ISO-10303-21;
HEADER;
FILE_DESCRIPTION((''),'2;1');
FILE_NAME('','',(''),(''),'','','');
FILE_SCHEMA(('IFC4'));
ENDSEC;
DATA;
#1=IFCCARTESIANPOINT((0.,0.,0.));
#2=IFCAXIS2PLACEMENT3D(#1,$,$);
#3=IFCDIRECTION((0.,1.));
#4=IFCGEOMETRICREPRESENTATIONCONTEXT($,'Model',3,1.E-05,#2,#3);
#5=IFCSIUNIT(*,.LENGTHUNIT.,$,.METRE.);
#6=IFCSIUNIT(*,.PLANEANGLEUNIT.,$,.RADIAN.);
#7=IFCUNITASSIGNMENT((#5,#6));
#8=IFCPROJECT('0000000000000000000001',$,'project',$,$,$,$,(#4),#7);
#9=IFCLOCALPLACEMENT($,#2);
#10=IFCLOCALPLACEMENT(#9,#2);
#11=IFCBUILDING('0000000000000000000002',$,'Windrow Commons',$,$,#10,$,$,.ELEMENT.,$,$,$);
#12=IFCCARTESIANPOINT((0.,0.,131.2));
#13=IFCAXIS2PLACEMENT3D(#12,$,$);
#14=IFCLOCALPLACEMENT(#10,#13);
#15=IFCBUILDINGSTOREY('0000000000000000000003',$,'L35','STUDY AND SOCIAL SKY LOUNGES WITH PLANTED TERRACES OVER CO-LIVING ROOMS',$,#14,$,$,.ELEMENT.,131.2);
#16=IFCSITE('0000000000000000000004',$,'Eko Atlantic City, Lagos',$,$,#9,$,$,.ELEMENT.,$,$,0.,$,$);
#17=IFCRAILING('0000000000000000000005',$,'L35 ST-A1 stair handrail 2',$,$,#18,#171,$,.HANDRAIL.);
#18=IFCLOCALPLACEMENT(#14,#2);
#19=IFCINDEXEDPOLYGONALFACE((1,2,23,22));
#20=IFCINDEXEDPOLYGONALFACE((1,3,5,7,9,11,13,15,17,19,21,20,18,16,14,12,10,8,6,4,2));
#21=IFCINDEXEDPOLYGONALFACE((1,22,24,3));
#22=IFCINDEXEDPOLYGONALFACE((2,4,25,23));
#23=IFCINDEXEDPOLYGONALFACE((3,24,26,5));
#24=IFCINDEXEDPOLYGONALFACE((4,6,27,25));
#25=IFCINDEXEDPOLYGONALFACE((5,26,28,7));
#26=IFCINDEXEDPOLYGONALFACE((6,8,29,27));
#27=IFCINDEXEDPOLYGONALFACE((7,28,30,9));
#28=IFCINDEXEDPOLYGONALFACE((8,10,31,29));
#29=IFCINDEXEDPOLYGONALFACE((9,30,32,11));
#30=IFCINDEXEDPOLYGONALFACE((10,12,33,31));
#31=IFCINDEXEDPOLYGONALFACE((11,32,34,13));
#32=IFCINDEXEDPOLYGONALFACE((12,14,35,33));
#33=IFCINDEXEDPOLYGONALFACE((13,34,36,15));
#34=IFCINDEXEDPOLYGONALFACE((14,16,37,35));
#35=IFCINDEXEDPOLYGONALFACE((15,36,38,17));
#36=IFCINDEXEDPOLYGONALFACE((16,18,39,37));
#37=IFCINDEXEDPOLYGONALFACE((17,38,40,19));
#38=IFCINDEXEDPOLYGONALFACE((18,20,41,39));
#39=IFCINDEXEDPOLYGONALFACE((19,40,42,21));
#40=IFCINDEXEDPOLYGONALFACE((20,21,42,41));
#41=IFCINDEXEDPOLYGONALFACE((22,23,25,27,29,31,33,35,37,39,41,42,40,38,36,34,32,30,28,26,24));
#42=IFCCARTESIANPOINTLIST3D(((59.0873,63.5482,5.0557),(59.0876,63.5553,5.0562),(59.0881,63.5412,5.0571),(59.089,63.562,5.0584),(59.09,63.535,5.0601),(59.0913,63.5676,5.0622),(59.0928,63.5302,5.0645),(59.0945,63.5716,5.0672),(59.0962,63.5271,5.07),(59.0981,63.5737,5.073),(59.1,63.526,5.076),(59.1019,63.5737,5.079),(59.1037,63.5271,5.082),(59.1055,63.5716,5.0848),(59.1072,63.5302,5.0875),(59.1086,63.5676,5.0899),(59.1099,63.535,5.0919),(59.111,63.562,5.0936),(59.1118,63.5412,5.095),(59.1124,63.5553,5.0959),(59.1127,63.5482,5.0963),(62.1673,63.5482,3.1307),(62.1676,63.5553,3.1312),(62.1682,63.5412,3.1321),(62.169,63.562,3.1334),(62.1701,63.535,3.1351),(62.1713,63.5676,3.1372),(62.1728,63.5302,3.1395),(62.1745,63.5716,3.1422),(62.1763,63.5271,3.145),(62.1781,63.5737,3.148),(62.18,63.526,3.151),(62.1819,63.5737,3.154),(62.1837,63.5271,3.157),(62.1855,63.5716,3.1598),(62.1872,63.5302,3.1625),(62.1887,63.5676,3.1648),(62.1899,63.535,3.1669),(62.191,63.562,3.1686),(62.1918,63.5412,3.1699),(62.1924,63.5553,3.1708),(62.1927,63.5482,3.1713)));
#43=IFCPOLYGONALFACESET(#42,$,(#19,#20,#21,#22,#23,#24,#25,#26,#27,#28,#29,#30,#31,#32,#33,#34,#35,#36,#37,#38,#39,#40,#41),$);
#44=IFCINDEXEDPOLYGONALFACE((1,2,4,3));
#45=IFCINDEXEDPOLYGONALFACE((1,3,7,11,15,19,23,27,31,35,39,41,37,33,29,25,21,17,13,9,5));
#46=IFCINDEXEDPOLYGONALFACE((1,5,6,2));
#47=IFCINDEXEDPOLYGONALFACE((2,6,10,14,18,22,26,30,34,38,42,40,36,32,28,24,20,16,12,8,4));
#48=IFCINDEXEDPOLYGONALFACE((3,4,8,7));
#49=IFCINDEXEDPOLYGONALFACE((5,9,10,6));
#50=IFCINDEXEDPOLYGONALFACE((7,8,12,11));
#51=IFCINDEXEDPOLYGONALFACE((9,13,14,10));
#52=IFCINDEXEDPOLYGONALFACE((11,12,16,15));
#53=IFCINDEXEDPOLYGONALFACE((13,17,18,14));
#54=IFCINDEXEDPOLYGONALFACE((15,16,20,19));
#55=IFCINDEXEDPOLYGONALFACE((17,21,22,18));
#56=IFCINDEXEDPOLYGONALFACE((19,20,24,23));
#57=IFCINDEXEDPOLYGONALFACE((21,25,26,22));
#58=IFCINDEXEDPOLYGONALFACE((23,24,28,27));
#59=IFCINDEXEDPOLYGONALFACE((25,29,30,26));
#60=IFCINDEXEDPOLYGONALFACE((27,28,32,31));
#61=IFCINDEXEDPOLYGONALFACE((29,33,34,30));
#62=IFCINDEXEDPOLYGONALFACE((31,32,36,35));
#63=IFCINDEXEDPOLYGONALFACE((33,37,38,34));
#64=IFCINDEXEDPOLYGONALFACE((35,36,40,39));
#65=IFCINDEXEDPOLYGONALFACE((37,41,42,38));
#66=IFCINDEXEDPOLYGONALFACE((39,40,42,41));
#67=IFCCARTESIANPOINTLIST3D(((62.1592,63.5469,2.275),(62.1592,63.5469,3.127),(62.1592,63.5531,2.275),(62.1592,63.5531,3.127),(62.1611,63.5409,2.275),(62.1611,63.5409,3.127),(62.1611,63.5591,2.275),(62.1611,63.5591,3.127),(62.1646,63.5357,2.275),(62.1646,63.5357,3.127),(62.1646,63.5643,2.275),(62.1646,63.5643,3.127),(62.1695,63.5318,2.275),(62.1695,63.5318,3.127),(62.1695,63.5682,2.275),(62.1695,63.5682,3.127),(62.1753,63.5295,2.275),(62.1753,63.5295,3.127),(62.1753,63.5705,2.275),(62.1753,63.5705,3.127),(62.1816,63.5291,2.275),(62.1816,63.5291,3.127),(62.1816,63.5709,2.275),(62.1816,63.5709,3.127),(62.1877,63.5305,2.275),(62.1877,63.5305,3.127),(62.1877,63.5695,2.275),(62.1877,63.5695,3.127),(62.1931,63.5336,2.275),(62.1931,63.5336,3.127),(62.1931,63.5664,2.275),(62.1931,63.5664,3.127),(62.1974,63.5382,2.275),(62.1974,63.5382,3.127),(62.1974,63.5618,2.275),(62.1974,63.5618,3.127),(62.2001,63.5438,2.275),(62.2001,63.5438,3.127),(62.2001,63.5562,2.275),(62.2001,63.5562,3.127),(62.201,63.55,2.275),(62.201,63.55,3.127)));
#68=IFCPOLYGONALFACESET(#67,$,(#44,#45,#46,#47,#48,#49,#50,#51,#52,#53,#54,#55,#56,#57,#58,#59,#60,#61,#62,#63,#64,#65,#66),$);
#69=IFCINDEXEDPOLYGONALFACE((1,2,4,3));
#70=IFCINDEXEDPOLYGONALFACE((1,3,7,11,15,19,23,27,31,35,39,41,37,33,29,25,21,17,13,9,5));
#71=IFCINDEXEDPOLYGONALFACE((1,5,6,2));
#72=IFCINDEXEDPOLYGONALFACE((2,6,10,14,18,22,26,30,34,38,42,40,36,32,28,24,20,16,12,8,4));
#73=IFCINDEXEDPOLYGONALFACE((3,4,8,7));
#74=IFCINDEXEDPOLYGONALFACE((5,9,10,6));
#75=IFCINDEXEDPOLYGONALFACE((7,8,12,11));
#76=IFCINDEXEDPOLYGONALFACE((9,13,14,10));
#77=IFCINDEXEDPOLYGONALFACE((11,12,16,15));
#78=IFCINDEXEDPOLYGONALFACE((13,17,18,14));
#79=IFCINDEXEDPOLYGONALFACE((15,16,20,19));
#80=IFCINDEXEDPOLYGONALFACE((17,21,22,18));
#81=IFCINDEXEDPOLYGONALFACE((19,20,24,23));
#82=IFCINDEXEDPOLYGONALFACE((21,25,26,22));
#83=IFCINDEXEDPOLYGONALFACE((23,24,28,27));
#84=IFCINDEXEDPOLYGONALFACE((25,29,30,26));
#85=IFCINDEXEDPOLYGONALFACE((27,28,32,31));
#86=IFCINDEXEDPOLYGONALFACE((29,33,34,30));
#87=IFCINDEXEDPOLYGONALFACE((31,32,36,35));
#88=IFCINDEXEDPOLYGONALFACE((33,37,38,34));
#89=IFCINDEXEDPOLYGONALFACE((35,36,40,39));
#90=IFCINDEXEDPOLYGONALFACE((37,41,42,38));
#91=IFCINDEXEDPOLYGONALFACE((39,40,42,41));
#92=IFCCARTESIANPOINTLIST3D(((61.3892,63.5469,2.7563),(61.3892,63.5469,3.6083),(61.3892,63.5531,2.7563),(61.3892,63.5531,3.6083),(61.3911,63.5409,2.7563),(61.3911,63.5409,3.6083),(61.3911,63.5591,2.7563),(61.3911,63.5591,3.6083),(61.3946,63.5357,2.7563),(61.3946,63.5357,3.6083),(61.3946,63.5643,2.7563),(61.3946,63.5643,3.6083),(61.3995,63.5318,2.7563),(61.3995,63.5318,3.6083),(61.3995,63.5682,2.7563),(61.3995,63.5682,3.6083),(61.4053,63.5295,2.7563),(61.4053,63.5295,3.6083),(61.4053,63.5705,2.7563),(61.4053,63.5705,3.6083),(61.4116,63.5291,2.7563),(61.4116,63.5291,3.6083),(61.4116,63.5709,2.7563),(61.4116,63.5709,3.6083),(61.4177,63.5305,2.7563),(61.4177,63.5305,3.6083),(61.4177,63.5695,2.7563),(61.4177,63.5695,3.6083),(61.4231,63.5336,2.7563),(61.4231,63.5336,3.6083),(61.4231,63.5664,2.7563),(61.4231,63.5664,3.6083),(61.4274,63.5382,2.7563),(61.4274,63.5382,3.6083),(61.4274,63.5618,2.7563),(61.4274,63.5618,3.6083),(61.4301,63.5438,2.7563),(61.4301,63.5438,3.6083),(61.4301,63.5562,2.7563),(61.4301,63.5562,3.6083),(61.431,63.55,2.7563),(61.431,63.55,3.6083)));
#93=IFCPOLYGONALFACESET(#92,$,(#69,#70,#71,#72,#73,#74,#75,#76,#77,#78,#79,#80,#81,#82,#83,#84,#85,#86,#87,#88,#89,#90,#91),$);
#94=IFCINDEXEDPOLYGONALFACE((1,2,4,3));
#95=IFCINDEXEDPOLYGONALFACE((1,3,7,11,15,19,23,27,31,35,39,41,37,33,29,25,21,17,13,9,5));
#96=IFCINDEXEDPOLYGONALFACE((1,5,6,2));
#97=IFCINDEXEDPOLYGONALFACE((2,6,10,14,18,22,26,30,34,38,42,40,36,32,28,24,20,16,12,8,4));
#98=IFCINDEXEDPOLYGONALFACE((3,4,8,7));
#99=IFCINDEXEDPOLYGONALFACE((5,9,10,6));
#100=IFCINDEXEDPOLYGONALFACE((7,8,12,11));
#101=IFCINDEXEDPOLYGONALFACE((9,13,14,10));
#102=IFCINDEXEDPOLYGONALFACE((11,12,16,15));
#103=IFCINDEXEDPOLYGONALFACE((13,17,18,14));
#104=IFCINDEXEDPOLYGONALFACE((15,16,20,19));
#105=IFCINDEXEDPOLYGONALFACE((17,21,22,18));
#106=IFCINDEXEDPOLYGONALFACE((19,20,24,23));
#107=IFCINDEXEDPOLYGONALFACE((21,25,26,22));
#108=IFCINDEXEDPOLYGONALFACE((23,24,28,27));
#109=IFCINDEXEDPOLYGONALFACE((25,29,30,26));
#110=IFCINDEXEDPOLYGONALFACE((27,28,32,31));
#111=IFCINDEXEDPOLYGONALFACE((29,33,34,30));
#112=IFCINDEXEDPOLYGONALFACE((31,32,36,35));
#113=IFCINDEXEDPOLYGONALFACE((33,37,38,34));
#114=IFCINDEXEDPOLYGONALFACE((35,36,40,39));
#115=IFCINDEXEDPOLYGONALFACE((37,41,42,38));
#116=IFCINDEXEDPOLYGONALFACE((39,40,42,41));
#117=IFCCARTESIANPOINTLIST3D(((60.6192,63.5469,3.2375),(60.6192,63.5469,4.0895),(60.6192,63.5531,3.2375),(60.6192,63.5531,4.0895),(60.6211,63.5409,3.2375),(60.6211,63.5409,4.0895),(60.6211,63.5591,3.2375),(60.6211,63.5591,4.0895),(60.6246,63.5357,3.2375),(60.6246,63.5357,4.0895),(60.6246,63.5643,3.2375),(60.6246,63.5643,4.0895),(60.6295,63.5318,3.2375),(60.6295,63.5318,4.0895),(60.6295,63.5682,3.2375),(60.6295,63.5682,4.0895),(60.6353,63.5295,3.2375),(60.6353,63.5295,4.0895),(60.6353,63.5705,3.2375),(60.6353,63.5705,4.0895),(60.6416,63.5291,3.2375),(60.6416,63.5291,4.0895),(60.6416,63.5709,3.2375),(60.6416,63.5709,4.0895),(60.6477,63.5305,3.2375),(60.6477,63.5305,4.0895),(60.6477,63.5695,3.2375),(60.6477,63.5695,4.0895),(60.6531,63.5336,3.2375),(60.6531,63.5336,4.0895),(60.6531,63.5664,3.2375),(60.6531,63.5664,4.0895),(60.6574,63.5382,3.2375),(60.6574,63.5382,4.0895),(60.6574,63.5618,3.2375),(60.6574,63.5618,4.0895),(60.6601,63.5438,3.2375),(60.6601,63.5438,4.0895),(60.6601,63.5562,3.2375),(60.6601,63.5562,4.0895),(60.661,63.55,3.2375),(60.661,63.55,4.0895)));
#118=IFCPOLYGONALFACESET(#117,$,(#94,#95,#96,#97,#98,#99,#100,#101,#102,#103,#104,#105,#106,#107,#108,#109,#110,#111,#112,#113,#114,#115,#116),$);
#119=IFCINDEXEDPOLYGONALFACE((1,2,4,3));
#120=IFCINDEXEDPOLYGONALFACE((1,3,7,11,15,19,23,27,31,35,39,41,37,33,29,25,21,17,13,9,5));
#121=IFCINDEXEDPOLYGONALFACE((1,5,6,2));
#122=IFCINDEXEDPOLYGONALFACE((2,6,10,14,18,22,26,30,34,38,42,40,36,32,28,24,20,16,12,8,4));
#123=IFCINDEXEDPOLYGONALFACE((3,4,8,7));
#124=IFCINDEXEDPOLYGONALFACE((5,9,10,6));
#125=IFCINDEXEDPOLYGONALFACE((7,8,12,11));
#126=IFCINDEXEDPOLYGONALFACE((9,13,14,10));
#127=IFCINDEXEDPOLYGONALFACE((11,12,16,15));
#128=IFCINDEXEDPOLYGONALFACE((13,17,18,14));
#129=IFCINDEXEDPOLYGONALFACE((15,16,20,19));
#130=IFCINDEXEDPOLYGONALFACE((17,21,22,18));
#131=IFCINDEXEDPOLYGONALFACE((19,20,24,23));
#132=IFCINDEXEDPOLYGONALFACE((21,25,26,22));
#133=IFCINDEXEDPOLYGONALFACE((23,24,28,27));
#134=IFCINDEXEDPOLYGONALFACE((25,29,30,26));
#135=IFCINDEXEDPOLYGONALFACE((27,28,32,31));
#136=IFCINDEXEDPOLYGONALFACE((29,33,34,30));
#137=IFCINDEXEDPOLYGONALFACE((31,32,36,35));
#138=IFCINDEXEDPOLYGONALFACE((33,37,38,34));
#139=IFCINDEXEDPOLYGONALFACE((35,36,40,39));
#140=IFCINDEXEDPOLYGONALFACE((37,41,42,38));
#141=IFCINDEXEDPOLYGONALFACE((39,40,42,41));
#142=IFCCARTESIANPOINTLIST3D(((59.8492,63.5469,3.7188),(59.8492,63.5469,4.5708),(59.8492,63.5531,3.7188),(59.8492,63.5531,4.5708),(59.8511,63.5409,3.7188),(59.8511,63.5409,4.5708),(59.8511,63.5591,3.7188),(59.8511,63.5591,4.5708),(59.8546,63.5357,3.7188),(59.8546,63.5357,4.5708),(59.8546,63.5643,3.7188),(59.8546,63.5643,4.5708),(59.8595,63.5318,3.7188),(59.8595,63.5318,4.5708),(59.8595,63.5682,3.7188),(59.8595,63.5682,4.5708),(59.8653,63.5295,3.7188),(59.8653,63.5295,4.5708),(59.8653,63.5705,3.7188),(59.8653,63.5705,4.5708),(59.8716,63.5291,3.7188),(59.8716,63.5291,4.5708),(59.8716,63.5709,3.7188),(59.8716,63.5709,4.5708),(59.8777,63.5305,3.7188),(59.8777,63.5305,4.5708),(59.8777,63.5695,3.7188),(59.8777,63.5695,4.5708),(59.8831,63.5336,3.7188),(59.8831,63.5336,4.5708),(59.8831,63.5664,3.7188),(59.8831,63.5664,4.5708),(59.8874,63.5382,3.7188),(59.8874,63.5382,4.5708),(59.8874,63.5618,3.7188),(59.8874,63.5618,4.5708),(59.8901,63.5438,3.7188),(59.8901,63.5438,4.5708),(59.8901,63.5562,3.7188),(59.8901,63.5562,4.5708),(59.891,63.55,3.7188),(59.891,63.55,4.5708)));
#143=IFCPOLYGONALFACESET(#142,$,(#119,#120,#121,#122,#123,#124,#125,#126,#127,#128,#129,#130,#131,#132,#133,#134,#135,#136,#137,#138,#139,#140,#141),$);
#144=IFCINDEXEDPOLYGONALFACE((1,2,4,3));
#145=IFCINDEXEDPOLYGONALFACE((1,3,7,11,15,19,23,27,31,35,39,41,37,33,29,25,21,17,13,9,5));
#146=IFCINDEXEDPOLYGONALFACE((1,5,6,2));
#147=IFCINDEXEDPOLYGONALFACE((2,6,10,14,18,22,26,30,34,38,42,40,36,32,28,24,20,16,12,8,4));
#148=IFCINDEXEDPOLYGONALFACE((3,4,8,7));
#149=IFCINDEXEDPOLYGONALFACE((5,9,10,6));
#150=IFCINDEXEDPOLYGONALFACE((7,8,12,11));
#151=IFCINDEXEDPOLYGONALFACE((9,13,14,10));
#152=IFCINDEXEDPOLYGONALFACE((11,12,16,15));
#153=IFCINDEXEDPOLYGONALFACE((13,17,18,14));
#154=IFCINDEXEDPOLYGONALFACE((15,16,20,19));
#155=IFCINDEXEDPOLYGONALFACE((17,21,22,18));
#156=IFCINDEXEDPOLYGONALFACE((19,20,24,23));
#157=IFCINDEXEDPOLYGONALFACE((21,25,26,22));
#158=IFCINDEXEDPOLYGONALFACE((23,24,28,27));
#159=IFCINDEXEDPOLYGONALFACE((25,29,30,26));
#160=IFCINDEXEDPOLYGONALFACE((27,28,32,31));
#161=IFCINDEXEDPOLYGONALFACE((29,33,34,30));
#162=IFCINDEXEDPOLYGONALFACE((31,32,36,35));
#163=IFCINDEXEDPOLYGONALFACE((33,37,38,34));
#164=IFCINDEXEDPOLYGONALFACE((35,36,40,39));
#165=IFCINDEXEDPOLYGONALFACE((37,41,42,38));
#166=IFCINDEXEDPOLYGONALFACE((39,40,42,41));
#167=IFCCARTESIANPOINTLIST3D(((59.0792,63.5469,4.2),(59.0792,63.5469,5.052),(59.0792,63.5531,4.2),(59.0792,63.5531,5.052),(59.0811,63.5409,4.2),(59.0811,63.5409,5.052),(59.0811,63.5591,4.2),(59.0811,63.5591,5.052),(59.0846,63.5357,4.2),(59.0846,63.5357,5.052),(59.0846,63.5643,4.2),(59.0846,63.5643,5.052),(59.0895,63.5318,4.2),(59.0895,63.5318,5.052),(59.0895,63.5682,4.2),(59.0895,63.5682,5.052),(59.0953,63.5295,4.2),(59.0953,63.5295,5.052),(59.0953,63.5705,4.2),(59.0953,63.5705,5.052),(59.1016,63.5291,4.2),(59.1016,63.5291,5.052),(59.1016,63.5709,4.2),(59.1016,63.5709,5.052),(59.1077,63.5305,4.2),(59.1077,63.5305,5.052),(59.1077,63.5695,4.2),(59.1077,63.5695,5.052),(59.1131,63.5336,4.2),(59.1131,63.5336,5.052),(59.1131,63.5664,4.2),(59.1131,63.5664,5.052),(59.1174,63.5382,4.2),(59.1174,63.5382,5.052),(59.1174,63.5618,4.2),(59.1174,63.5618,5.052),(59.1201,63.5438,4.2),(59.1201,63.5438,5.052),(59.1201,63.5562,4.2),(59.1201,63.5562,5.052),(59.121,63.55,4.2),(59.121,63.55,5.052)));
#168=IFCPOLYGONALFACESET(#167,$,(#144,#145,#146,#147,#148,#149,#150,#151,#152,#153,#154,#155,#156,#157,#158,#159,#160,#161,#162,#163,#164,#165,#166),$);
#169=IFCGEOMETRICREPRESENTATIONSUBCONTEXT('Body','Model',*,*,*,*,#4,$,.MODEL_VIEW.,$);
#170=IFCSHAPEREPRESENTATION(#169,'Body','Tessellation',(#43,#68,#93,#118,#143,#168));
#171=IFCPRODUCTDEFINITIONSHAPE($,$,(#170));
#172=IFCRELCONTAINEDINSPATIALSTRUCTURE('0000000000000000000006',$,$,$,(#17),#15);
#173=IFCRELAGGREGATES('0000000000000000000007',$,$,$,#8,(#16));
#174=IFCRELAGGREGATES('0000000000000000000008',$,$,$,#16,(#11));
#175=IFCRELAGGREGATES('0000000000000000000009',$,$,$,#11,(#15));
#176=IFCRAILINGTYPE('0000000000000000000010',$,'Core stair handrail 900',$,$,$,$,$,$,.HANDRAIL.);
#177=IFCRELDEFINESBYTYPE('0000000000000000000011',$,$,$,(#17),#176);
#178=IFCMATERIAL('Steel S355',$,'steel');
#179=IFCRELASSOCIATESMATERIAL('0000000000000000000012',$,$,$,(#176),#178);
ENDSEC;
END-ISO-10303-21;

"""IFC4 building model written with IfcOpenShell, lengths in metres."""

from ifc_helpers import new_model, si_unit, direction, frame, origin, origin_2d, place, context, subcontext, project, spatial, circle, extrude, material, type_object, element, save


model = new_model("IFC4")

# Units and contexts
model_context = context("Model", 3, precision=1e-05, world=origin(), true_north=direction((0.0, 1.0)))
body_context = subcontext(model_context, "Body", "Model", "MODEL_VIEW")
ifc_project = project(units=[si_unit("LENGTHUNIT", "METRE"), si_unit("PLANEANGLEUNIT", "RADIAN")], contexts=[model_context])

# Site, building, storey
site_placement = place(None, origin())
site = spatial("IfcSite", under=ifc_project, at=site_placement, Name="Eko Atlantic City, Lagos", CompositionType="ELEMENT", RefElevation=0.0)
building_placement = place(site_placement, origin())
building = spatial("IfcBuilding", under=site, at=building_placement, Name="Windrow Commons", CompositionType="ELEMENT")
storey_placement = place(building_placement, frame((0.0, 0.0, 131.2)))
storey = spatial("IfcBuildingStorey", under=building, at=storey_placement, Name="L35", Description="STUDY AND SOCIAL SKY LOUNGES WITH PLANTED TERRACES OVER CO-LIVING ROOMS", CompositionType="ELEMENT", Elevation=131.2)

# Railing
ifc_material_1 = material(Name="Steel S355", Category="steel")
railing_type_1 = type_object("IfcRailingType", Name="Core stair handrail 900", PredefinedType="HANDRAIL", material=ifc_material_1)
railing_1_placement = place(storey_placement, frame((62.18, 63.55, 2.275)))
element("IfcRailing", 1, at=railing_1_placement, inside=storey, type_object=railing_type_1, Name="L35 ST-A1 stair handrail 2", PredefinedType="HANDRAIL", context=body_context, shape_type="SweptSolid", body=[
    extrude(circle(Radius=0.024, at=origin_2d()), frame((0.0, 0.0, 0.876), z_axis=(-0.847998, 0.0, 0.529999), x_axis=(0.0, -1.0, 0.0)), (0.0, 0.0, 1.0), 3.6321),
    extrude(circle(Radius=0.021, at=origin_2d()), origin(), (0.0, 0.0, 1.0), 0.852),
    extrude(circle(Radius=0.021, at=origin_2d()), frame((-0.77, 0.0, 0.4813)), (0.0, 0.0, 1.0), 0.852),
    extrude(circle(Radius=0.021, at=origin_2d()), frame((-1.54, 0.0, 0.9625)), (0.0, 0.0, 1.0), 0.852),
    extrude(circle(Radius=0.021, at=origin_2d()), frame((-2.31, 0.0, 1.4438)), (0.0, 0.0, 1.0), 0.852),
    extrude(circle(Radius=0.021, at=origin_2d()), frame((-3.08, 0.0, 1.925)), (0.0, 0.0, 1.0), 0.852),
])

save(model, "model.ifc")
